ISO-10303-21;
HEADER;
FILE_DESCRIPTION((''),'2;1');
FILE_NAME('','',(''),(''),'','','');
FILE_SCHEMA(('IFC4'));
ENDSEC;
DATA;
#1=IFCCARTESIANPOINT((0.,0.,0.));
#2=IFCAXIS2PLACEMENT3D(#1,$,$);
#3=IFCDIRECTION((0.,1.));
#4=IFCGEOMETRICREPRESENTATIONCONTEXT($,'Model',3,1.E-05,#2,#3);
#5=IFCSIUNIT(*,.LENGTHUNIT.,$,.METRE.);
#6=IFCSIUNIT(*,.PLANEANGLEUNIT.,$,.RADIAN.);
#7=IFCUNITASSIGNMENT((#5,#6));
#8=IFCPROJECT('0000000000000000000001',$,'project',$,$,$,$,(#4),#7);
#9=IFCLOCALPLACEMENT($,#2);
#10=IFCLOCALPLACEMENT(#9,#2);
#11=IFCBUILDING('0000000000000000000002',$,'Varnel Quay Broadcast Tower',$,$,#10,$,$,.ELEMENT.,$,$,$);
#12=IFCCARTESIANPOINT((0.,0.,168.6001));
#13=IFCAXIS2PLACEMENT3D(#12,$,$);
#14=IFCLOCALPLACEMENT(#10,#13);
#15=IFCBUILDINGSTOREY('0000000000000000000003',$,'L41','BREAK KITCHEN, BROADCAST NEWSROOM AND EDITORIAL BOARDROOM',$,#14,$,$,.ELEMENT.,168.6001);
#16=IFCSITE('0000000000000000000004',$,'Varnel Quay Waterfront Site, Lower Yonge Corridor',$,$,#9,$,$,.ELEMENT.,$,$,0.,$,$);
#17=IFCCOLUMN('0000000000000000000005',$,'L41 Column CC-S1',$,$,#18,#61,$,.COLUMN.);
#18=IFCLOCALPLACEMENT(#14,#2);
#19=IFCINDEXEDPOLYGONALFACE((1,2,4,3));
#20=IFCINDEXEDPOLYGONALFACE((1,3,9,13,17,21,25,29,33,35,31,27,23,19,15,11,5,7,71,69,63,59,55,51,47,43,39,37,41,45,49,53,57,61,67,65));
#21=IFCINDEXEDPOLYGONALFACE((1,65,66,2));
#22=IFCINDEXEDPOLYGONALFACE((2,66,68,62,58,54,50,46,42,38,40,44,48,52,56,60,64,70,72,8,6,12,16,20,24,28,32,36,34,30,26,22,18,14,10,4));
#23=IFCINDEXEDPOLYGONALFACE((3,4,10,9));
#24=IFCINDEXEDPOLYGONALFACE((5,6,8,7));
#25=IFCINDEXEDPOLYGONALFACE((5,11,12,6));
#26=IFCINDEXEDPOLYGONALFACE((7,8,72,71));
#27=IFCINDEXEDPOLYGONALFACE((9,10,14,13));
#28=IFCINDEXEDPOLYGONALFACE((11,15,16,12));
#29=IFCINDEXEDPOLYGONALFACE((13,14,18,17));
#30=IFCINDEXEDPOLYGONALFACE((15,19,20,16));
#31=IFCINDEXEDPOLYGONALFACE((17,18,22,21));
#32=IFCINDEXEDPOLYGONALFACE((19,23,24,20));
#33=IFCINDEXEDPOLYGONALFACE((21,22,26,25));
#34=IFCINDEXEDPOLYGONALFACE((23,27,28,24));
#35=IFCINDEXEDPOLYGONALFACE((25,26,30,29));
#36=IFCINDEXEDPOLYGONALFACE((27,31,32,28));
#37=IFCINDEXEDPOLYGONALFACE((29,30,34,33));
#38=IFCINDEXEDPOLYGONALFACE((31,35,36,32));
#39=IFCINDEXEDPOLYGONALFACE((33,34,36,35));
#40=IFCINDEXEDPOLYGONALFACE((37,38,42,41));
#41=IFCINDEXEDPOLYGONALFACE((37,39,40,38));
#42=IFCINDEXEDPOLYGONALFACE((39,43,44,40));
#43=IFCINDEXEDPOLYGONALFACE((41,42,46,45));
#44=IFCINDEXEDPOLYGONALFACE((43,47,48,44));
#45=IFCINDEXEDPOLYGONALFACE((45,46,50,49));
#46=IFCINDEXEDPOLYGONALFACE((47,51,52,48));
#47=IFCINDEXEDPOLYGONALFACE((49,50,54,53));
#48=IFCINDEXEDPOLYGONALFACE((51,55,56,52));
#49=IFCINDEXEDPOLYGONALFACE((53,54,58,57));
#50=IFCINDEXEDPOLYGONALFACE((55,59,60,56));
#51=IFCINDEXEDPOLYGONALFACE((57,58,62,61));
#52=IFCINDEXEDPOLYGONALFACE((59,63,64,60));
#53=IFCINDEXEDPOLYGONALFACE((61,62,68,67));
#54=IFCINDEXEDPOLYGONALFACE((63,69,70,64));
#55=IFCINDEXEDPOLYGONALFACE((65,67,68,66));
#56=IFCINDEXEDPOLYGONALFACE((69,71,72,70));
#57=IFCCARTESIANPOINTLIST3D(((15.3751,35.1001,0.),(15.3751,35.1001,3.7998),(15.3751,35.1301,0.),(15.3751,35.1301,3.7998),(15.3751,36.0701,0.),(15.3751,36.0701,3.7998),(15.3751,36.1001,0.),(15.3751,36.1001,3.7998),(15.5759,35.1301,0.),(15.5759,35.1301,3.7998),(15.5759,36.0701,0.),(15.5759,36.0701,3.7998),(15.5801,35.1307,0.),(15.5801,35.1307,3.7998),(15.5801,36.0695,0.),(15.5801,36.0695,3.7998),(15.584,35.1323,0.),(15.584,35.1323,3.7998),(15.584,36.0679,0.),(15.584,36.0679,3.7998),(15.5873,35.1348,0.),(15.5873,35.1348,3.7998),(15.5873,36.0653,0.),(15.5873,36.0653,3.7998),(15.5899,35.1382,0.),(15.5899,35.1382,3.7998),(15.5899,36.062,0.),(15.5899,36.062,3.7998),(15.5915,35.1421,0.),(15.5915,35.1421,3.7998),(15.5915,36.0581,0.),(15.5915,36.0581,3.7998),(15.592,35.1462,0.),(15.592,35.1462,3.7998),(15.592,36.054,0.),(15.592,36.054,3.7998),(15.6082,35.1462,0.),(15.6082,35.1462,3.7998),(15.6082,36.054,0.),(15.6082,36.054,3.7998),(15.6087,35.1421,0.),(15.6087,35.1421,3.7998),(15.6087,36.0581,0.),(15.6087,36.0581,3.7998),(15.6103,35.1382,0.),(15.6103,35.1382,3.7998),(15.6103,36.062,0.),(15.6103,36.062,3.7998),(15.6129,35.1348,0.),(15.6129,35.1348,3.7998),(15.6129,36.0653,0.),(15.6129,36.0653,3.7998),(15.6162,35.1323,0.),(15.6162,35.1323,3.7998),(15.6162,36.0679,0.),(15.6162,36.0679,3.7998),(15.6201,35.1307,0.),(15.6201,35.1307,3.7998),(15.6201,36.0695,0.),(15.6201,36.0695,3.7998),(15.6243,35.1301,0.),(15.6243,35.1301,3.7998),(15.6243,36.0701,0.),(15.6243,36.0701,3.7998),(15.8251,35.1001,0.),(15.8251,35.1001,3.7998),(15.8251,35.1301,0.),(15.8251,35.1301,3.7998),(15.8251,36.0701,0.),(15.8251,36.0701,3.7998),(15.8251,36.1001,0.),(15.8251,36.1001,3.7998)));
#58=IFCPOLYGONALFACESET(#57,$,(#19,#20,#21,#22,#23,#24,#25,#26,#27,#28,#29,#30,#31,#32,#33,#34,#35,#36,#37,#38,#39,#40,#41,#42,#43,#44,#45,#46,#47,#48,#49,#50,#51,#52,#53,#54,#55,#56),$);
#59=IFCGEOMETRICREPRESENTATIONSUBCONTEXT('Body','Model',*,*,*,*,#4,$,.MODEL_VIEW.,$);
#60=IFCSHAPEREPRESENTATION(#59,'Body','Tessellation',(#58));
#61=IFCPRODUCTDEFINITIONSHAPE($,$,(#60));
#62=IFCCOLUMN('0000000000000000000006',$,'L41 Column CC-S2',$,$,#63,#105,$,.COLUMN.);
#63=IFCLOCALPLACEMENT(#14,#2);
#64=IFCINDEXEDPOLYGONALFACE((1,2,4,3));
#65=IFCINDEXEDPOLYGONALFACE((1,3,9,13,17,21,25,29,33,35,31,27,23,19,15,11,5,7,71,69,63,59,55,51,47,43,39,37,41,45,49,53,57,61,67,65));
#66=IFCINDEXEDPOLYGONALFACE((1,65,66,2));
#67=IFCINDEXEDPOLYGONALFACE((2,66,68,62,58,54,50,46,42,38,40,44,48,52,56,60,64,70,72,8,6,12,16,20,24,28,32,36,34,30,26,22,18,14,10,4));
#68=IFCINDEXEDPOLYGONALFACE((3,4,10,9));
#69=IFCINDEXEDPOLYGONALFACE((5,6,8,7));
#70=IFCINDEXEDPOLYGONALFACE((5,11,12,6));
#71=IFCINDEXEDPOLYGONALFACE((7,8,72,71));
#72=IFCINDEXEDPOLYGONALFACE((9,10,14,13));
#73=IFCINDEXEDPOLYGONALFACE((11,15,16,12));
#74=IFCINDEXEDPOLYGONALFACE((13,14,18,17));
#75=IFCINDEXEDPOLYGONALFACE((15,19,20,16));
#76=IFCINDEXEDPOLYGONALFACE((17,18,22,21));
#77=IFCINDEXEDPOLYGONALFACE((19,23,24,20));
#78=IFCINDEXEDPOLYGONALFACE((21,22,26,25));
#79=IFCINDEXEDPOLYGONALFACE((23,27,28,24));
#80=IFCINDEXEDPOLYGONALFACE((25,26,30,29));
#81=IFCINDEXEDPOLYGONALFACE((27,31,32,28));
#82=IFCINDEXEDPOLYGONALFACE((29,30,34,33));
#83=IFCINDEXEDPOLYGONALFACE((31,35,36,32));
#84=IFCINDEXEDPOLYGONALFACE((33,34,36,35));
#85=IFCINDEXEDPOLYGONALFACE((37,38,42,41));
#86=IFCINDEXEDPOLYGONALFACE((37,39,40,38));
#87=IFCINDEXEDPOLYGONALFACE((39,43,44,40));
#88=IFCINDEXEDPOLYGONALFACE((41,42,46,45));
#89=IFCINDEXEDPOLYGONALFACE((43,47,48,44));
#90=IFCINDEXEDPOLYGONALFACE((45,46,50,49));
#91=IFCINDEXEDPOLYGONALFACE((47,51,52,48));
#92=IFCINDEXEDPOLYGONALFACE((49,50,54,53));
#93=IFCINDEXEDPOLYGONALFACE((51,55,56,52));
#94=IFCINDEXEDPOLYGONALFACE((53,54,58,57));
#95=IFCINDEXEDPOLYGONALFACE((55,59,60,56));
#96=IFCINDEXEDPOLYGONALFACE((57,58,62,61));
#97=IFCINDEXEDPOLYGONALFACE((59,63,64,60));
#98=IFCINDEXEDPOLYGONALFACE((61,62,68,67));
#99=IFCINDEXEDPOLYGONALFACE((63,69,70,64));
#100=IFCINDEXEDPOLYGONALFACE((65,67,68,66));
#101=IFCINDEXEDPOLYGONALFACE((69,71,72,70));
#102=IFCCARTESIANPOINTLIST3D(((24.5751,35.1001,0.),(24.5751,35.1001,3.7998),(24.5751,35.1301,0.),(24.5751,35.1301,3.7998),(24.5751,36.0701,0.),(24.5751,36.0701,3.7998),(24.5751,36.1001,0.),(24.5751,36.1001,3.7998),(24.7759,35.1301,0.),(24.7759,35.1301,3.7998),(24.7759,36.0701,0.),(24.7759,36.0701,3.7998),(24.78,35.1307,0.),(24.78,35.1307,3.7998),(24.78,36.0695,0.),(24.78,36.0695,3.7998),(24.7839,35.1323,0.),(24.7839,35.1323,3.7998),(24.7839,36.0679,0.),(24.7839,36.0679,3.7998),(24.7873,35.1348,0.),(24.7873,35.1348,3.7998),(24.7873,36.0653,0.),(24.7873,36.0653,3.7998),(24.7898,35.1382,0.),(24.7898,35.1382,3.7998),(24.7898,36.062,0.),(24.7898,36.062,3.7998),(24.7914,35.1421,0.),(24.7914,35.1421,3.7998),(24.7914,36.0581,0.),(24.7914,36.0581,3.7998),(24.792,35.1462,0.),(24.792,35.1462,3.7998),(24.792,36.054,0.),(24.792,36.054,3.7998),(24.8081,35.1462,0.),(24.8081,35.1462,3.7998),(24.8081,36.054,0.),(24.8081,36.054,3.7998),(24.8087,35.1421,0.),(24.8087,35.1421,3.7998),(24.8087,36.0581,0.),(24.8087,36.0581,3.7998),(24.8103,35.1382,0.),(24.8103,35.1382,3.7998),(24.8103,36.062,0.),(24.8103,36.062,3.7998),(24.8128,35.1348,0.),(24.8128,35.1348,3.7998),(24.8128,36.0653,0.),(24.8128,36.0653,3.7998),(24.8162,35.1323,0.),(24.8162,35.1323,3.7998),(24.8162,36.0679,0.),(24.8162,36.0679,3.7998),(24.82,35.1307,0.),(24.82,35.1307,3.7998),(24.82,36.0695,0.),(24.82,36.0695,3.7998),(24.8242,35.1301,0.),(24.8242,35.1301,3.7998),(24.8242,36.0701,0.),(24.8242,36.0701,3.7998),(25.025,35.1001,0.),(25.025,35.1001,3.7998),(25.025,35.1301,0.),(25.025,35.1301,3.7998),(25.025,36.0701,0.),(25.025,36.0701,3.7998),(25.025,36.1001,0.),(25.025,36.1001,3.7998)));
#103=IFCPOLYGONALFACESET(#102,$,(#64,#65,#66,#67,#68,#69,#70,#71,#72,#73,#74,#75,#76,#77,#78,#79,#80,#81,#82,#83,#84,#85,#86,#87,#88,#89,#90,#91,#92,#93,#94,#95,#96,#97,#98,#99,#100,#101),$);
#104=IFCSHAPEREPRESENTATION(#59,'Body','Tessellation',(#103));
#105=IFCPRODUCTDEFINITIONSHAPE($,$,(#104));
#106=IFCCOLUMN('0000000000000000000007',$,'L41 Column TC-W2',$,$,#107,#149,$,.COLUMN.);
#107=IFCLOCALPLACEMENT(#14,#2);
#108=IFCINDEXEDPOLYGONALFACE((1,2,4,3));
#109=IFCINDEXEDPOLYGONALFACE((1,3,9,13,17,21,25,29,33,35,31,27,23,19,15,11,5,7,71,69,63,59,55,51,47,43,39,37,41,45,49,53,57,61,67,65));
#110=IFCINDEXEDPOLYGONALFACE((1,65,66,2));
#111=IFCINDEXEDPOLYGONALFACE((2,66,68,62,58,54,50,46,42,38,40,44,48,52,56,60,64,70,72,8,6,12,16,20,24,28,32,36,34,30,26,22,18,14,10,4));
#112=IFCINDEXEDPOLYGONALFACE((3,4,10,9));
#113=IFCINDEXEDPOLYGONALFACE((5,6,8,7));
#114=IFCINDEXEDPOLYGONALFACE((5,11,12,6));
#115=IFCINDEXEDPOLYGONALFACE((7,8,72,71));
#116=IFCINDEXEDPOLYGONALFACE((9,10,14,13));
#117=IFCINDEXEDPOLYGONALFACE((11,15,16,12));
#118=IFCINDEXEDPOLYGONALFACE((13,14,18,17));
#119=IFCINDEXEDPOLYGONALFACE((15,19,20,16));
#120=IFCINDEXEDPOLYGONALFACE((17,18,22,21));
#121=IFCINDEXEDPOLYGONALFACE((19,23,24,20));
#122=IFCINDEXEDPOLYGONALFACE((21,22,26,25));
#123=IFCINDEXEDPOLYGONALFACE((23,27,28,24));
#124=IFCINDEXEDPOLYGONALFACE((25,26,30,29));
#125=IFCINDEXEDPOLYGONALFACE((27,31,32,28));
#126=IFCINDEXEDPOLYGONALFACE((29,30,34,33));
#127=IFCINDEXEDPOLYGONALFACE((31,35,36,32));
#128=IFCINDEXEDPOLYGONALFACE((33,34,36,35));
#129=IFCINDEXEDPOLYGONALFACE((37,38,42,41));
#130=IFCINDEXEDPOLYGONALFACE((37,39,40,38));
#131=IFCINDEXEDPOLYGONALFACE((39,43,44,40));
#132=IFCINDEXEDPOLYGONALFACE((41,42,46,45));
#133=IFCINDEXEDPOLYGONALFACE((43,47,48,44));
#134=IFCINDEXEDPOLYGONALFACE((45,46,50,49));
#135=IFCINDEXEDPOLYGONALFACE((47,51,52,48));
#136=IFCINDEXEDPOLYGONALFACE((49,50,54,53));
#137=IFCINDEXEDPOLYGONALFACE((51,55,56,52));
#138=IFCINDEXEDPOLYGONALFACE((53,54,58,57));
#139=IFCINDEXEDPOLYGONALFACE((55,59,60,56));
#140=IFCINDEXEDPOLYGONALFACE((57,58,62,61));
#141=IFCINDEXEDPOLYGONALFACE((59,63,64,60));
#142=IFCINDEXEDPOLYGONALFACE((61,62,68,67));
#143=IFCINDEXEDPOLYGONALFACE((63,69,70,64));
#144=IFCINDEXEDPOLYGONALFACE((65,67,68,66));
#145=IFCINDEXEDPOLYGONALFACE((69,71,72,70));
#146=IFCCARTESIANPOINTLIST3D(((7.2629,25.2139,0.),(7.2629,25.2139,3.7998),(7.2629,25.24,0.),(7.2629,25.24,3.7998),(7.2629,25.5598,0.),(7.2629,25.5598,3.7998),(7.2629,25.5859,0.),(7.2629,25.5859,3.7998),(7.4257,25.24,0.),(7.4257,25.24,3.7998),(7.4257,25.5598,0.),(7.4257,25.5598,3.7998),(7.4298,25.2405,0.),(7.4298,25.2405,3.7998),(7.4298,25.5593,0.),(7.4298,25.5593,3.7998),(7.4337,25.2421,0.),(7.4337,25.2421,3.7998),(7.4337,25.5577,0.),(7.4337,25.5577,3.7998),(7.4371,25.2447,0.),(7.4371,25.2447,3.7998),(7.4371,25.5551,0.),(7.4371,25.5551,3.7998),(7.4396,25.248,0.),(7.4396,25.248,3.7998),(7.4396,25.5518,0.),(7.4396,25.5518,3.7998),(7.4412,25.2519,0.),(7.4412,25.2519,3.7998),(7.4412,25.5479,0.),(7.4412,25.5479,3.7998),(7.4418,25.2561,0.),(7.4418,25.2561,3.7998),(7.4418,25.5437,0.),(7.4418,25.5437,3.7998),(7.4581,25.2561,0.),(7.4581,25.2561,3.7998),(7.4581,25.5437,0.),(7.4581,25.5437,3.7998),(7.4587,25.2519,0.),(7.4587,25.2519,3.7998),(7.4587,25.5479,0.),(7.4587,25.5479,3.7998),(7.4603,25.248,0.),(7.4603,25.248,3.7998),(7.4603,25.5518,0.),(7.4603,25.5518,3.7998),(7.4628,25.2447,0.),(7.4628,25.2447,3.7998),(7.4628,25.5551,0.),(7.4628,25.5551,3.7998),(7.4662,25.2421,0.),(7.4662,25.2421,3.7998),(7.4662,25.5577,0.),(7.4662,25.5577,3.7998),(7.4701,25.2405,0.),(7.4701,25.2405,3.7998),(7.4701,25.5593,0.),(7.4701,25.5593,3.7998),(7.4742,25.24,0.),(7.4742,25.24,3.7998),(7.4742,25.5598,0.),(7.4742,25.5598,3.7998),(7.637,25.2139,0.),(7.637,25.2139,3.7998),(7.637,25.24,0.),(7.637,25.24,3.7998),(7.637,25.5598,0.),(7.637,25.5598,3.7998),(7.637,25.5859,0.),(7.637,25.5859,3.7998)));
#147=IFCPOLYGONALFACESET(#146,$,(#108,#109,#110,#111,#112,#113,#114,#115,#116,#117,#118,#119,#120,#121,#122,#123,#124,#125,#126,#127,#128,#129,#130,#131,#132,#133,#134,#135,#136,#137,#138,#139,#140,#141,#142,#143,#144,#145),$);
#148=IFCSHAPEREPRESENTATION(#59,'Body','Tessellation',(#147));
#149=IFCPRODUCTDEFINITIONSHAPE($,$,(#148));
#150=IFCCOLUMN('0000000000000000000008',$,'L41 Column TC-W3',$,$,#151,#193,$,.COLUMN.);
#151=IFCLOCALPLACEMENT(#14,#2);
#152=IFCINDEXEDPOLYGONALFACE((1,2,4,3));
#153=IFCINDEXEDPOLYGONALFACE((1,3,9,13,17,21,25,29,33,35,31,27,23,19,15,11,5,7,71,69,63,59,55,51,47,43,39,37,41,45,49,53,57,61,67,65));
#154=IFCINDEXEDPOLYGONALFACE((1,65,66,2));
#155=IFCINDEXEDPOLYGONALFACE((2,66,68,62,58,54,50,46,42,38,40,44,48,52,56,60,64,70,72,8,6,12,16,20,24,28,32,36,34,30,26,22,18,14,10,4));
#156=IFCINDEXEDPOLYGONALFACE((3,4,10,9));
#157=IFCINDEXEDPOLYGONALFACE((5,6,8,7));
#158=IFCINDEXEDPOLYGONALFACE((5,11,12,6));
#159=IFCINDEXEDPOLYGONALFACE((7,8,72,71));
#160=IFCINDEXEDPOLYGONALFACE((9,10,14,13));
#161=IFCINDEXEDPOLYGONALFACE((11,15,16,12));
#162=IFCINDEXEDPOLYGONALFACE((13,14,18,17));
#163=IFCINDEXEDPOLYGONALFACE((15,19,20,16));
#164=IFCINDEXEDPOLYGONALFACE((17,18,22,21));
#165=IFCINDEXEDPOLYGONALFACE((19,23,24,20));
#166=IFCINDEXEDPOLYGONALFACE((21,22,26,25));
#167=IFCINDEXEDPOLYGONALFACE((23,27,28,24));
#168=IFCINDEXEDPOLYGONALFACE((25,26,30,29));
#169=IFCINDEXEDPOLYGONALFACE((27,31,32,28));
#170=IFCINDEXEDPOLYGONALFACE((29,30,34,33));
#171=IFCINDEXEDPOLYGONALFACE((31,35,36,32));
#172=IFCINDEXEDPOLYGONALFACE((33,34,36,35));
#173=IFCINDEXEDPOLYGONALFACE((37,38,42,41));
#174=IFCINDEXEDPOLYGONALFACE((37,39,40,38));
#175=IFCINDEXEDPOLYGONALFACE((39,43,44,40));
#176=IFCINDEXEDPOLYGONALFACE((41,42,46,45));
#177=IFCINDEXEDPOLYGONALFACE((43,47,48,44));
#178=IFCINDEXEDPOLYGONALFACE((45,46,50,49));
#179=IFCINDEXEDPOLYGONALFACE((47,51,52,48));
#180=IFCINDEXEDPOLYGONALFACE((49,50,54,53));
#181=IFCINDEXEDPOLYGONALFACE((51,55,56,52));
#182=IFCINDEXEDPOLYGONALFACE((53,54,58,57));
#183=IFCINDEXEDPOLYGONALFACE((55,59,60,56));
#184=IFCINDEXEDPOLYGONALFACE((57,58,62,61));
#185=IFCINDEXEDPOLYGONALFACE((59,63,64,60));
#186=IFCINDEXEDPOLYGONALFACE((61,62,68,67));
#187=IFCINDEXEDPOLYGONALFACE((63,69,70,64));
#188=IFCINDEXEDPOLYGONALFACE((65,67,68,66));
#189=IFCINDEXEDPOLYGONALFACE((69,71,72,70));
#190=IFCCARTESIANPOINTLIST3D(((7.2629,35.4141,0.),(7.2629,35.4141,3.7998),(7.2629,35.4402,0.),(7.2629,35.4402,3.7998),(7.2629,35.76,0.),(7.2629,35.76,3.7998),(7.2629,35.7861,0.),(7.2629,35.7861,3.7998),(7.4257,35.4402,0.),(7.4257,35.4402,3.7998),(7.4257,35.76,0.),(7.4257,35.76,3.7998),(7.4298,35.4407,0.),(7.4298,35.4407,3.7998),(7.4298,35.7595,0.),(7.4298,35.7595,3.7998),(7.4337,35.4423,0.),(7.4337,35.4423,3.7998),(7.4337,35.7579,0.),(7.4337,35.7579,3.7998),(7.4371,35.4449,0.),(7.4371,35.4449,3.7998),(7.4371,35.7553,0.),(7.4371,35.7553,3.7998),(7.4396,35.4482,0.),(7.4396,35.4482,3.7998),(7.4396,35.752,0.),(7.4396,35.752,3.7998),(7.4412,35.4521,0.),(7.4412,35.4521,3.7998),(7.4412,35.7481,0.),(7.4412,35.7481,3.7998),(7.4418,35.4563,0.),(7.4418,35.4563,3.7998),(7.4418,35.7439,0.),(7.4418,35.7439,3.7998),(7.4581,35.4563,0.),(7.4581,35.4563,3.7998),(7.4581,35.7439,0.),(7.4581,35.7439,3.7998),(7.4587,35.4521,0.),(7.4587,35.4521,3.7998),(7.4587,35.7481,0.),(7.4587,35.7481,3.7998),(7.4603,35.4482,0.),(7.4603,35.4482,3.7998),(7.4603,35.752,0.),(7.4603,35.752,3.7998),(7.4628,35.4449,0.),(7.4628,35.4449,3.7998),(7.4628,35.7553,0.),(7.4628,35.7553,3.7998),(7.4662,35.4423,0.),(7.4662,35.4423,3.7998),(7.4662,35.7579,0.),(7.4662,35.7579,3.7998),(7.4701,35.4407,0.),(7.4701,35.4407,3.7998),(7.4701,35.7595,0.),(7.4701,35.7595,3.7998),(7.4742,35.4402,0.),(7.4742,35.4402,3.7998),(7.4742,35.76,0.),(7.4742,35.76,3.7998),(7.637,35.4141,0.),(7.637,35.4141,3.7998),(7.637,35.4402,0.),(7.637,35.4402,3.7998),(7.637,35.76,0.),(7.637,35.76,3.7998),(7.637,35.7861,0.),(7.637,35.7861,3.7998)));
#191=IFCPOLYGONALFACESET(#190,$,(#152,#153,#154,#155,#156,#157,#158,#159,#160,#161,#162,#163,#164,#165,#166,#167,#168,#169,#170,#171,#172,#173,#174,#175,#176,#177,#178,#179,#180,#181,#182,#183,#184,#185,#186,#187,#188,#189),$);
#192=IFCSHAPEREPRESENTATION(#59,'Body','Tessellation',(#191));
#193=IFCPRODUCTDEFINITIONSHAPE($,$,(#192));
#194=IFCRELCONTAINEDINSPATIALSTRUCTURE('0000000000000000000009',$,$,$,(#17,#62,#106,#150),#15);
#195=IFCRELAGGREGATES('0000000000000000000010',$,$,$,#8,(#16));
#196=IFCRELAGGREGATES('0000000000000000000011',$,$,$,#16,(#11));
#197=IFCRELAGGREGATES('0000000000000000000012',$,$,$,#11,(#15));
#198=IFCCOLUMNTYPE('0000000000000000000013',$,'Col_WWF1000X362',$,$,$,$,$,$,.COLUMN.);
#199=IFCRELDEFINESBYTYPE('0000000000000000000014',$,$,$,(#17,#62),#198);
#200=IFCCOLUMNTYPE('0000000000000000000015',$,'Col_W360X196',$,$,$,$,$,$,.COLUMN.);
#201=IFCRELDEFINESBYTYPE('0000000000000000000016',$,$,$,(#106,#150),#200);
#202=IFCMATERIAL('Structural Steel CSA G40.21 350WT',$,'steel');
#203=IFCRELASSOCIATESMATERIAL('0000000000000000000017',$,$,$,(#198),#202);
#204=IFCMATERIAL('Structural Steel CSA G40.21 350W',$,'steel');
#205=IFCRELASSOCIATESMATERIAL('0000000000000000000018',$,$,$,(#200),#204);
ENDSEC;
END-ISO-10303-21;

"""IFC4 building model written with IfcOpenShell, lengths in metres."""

from ifc_helpers import new_model, si_unit, direction, frame, origin, origin_2d, place, context, subcontext, project, spatial, i_section, extrude, source, transform, mapped, material, material_profile, profile_set, type_object, type_shapes, element, save


model = new_model("IFC4")

# Units and contexts
model_context = context("Model", 3, precision=1e-05, world=origin(), true_north=direction((0.0, 1.0)))
body_context = subcontext(model_context, "Body", "Model", "MODEL_VIEW")
ifc_project = project(units=[si_unit("LENGTHUNIT", "METRE"), si_unit("PLANEANGLEUNIT", "RADIAN")], contexts=[model_context])

# Site, building, storey
site_placement = place(None, origin())
site = spatial("IfcSite", under=ifc_project, at=site_placement, Name="Varnel Quay Waterfront Site, Lower Yonge Corridor", CompositionType="ELEMENT", RefElevation=0.0)
building_placement = place(site_placement, origin())
building = spatial("IfcBuilding", under=site, at=building_placement, Name="Varnel Quay Broadcast Tower", CompositionType="ELEMENT")
storey_placement = place(building_placement, frame((0.0, 0.0, 168.6001)))
storey = spatial("IfcBuildingStorey", under=building, at=storey_placement, Name="L41", Description="BREAK KITCHEN, BROADCAST NEWSROOM AND EDITORIAL BOARDROOM", CompositionType="ELEMENT", Elevation=168.6001)

# Columns
ifc_material_1 = material(Name="Structural Steel CSA G40.21 350WT", Category="steel")
ifc_material_profile_1 = material_profile(ifc_material_1, i_section(OverallWidth=0.45, OverallDepth=1.0, WebThickness=0.0161, FlangeThickness=0.03, FilletRadius=0.0161, at=origin_2d()), Name="WWF1000X362")
ifc_profile_set_1 = profile_set([ifc_material_profile_1], Name="Structural Steel CSA G40.21 350WT")
column_type_1 = type_object("IfcColumnType", Name="Col_WWF1000X362", PredefinedType="COLUMN", material=ifc_profile_set_1)
shared_shape_1 = source(origin(), body_context, "Body", "SweptSolid", [
    extrude(i_section(OverallWidth=0.45, OverallDepth=1.0, WebThickness=0.0161, FlangeThickness=0.03, FilletRadius=0.0161, at=origin_2d()), origin(), (0.0, 0.0, 1.0), 3.7998),
])
type_shapes(column_type_1, [shared_shape_1])
for number, where, z_axis, x_axis, name in (
    (1, (15.6001, 35.6001, 0.0), (0.0, 0.0, 1.0), (1.0, 0.0, 0.0), "L41 Column CC-S1"),
    (2, (24.8, 35.6001, 0.0), (0.0, 0.0, 1.0), (1.0, 0.0, 0.0), "L41 Column CC-S2"),
):
    element("IfcColumn", number, at=place(storey_placement, frame(where, z_axis=z_axis, x_axis=x_axis)), inside=storey, type_object=column_type_1, Name=name, PredefinedType="COLUMN", context=body_context, shape_type="MappedRepresentation", body=[
        mapped(shared_shape_1, transform((0.0, 0.0, 0.0), x_axis=(1.0, 0.0, 0.0), y_axis=(0.0, 1.0, 0.0), z_axis=(0.0, 0.0, 1.0), scale=1.0)),
    ])
ifc_material_2 = material(Name="Structural Steel CSA G40.21 350W", Category="steel")
ifc_material_profile_2 = material_profile(ifc_material_2, i_section(OverallWidth=0.374, OverallDepth=0.3721, WebThickness=0.0164, FlangeThickness=0.0261, FilletRadius=0.0161, at=origin_2d()), Name="W360X196")
ifc_profile_set_2 = profile_set([ifc_material_profile_2], Name="Structural Steel CSA G40.21 350W")
column_type_2 = type_object("IfcColumnType", Name="Col_W360X196", PredefinedType="COLUMN", material=ifc_profile_set_2)
shared_shape_2 = source(origin(), body_context, "Body", "SweptSolid", [
    extrude(i_section(OverallWidth=0.374, OverallDepth=0.3721, WebThickness=0.0164, FlangeThickness=0.0261, FilletRadius=0.0161, at=origin_2d()), origin(), (0.0, 0.0, 1.0), 3.7998),
])
type_shapes(column_type_2, [shared_shape_2])
for number, where, z_axis, x_axis, name in (
    (3, (7.45, 25.3999, 0.0), (0.0, 0.0, 1.0), (1.0, 0.0, 0.0), "L41 Column TC-W2"),
    (4, (7.45, 35.6001, 0.0), (0.0, 0.0, 1.0), (1.0, 0.0, 0.0), "L41 Column TC-W3"),
):
    element("IfcColumn", number, at=place(storey_placement, frame(where, z_axis=z_axis, x_axis=x_axis)), inside=storey, type_object=column_type_2, Name=name, PredefinedType="COLUMN", context=body_context, shape_type="MappedRepresentation", body=[
        mapped(shared_shape_2, transform((0.0, 0.0, 0.0), x_axis=(1.0, 0.0, 0.0), y_axis=(0.0, 1.0, 0.0), z_axis=(0.0, 0.0, 1.0), scale=1.0)),
    ])

save(model, "model.ifc")
